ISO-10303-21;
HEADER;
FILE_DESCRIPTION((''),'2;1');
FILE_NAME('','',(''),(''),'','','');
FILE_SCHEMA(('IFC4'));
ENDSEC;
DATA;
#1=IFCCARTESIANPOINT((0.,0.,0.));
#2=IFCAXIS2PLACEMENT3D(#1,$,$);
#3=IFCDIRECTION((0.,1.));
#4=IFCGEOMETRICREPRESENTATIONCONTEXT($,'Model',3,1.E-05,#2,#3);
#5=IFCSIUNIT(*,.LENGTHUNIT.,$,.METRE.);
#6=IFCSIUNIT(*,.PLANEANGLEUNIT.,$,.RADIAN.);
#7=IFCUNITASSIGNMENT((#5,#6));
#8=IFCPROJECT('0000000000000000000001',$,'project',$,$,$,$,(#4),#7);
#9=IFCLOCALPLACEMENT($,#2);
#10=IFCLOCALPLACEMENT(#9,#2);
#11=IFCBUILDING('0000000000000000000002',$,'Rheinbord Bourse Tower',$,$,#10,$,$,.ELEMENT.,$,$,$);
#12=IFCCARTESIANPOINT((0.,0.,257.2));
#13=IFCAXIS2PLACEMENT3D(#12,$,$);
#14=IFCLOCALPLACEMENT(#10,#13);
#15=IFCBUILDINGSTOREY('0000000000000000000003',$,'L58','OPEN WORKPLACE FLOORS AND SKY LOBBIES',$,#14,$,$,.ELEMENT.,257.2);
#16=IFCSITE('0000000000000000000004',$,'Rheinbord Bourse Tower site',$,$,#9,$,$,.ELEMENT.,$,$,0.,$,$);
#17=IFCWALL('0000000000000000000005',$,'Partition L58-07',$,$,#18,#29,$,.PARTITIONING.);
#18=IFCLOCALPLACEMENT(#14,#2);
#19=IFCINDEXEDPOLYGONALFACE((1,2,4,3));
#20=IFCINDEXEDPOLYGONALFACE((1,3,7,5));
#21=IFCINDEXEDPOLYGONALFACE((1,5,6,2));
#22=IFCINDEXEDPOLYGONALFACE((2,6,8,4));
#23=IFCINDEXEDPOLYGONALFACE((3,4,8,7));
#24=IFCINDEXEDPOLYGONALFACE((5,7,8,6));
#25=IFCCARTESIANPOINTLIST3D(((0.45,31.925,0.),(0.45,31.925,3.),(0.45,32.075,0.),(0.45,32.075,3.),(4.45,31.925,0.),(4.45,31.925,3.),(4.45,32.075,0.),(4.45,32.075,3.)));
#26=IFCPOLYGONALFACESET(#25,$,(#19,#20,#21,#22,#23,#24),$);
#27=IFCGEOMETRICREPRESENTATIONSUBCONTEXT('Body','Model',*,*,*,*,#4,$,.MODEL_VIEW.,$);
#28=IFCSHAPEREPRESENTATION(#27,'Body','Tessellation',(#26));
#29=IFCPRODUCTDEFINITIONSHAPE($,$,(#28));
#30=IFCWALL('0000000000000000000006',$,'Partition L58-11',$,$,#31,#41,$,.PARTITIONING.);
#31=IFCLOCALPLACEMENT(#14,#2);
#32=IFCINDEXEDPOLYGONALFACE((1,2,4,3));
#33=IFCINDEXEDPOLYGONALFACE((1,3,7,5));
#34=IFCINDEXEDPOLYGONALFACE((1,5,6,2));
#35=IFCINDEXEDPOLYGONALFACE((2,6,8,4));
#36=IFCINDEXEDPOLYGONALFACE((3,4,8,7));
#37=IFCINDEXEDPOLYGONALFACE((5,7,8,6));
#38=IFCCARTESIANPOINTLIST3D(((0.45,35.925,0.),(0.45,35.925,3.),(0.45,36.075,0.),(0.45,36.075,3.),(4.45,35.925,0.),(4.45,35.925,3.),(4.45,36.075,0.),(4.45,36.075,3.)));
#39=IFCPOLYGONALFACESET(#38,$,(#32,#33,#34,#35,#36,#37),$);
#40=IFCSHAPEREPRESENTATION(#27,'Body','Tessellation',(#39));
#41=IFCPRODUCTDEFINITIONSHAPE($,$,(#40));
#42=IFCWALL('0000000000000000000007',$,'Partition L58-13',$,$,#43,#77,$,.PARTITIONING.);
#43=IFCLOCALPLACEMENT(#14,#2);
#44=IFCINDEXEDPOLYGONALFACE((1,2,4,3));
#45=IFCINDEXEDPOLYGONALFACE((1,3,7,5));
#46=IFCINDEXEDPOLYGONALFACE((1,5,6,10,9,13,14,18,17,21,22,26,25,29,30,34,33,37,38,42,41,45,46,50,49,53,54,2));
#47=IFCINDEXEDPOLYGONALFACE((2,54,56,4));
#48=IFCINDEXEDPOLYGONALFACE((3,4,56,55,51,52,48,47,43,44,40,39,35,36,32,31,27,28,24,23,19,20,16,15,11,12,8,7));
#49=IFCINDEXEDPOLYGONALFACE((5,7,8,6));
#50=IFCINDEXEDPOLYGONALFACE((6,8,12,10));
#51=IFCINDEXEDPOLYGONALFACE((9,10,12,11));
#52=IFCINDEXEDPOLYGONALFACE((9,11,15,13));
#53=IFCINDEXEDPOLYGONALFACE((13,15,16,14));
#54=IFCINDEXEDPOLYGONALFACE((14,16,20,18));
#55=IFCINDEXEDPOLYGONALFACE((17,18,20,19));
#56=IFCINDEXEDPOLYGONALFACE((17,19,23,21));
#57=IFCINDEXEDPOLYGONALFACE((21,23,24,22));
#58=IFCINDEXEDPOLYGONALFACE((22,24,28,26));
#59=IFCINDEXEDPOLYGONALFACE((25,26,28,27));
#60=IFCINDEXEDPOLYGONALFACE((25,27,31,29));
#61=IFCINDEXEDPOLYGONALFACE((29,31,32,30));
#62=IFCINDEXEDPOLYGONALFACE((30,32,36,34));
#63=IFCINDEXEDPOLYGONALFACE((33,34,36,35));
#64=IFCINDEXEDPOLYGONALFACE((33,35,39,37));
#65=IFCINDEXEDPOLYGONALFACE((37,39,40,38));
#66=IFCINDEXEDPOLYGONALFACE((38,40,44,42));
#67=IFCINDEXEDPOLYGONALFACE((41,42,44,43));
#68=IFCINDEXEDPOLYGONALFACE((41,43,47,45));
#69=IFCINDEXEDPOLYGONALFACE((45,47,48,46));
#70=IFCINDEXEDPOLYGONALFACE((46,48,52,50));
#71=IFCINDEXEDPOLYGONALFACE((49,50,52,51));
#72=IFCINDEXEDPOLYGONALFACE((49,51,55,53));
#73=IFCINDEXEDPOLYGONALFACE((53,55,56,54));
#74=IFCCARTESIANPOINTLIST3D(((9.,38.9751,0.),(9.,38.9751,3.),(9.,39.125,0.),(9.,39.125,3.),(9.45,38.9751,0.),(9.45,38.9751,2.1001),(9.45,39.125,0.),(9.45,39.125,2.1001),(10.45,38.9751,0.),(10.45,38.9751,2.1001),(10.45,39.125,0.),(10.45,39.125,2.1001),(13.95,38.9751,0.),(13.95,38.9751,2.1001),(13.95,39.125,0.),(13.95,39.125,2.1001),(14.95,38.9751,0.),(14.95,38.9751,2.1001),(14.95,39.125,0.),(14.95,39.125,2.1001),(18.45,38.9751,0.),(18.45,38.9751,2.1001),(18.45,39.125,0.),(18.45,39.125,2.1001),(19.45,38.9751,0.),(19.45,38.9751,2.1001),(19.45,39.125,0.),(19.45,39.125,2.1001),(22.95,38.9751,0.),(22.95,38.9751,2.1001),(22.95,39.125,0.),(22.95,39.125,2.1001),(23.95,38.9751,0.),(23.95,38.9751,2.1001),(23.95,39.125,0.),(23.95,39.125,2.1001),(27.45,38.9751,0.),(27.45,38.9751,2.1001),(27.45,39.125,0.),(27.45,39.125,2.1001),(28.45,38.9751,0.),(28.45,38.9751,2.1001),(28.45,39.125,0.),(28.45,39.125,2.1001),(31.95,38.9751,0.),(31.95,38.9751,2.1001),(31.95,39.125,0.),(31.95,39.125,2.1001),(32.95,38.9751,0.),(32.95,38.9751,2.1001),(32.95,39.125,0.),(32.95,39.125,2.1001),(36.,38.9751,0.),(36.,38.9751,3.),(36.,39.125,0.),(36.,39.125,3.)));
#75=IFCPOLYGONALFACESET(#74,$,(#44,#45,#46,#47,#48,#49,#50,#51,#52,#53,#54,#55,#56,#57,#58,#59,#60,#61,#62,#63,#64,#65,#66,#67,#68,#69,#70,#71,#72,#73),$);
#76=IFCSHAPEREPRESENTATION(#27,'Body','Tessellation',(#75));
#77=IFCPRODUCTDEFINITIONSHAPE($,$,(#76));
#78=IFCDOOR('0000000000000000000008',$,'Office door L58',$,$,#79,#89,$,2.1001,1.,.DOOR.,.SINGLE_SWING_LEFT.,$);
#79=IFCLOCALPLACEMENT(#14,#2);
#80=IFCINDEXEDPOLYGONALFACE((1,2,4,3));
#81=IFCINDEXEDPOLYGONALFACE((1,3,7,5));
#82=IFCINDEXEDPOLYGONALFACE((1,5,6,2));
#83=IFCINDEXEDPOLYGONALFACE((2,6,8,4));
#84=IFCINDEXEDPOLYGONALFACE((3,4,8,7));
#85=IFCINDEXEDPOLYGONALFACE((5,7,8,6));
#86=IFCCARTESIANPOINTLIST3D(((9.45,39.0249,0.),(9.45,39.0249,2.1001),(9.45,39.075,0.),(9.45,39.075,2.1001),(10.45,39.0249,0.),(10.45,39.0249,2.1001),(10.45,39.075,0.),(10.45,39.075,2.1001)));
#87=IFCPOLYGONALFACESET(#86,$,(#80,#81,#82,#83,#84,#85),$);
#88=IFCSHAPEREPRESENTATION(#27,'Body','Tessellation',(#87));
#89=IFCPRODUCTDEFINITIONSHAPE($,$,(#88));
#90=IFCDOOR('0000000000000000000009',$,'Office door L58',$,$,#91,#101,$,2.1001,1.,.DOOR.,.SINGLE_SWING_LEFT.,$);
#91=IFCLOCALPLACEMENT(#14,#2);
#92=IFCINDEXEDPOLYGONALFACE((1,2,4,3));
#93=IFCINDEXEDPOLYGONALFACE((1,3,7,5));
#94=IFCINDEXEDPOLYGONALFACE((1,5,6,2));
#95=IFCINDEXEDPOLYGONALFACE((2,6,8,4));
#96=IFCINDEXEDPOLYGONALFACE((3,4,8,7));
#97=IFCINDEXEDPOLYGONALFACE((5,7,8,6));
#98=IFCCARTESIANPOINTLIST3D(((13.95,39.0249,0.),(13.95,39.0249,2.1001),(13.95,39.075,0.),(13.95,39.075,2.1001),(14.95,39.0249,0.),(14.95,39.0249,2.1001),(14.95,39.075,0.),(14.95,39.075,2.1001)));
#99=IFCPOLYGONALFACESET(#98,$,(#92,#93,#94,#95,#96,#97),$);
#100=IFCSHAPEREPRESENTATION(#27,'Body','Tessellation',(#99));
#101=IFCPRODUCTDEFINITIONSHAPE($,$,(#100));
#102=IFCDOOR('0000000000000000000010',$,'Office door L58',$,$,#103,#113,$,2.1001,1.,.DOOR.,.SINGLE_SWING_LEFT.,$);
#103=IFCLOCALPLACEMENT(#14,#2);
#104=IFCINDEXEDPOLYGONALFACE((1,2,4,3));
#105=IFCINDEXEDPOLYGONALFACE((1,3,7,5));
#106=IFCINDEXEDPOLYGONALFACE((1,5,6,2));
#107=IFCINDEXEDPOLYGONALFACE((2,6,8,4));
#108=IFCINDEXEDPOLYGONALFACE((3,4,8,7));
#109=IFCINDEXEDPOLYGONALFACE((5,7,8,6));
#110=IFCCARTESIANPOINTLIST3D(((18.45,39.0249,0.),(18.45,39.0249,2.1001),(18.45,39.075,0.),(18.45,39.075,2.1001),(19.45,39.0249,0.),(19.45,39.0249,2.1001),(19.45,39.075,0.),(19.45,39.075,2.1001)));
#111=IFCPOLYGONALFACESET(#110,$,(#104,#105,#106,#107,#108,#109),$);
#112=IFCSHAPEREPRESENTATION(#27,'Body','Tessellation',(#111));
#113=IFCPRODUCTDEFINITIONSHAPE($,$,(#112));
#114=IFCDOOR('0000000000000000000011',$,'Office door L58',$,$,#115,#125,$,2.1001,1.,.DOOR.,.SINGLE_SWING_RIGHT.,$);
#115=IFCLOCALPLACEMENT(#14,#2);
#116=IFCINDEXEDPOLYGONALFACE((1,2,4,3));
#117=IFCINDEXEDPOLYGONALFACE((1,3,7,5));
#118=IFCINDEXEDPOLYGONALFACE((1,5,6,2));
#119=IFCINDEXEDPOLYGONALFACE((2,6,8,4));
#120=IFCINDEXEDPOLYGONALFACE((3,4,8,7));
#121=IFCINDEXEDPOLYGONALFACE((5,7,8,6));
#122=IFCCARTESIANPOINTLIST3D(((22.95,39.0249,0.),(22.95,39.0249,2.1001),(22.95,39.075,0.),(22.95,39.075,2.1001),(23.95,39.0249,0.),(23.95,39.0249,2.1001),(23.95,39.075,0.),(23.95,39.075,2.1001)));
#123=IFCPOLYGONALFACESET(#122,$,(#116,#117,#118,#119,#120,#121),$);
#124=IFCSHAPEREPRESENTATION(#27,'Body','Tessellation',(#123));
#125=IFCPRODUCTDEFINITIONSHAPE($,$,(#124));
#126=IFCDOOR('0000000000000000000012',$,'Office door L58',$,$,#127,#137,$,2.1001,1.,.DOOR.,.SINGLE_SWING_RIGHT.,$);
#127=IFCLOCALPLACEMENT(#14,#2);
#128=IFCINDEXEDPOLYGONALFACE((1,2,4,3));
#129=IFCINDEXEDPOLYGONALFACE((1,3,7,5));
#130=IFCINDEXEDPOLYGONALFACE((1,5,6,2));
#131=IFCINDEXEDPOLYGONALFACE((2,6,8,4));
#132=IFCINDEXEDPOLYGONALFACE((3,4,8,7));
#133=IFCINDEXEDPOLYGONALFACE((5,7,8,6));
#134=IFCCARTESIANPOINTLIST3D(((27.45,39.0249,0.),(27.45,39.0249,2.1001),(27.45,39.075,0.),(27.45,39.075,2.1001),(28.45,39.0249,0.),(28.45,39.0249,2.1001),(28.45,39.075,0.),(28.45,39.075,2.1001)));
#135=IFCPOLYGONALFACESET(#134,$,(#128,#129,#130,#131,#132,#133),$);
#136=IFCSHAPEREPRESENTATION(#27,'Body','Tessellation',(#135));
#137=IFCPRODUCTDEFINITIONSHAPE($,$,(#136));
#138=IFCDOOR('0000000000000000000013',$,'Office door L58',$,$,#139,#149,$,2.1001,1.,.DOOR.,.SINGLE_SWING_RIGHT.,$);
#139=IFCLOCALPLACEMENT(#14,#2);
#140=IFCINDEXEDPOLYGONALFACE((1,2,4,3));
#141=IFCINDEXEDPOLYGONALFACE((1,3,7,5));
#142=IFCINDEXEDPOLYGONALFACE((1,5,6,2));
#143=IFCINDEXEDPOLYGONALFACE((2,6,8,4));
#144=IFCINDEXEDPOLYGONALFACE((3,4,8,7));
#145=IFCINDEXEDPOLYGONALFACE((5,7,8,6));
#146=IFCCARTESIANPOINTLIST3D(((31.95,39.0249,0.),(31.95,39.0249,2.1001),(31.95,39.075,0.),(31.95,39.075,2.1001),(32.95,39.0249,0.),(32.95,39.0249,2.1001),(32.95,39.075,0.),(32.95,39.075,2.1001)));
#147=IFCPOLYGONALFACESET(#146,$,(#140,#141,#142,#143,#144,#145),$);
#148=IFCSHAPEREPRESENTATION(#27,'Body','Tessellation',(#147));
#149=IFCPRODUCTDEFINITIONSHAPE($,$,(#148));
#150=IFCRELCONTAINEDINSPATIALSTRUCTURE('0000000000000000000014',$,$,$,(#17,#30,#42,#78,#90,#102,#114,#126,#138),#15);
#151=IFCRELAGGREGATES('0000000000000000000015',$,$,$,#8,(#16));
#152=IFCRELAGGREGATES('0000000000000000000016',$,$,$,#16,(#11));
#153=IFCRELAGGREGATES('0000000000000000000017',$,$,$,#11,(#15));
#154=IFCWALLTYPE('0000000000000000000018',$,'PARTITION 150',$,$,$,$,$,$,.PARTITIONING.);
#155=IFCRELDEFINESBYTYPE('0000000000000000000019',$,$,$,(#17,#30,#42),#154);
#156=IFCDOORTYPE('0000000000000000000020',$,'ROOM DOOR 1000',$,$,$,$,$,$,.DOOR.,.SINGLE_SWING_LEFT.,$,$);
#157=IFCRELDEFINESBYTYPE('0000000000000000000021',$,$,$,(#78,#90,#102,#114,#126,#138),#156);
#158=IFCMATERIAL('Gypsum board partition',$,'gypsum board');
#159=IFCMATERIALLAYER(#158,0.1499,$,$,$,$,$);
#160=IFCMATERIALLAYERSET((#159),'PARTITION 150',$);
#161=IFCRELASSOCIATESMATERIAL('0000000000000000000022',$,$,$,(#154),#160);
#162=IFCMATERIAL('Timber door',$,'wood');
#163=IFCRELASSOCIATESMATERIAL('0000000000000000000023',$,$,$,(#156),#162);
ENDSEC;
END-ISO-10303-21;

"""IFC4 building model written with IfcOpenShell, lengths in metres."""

from ifc_helpers import new_model, si_unit, direction, frame, frame_2d, origin, place, context, subcontext, project, spatial, rectangle, extrude, material, layer, layer_set, type_object, element, fill, save


model = new_model("IFC4")

# Units and contexts
model_context = context("Model", 3, precision=1e-05, world=origin(), true_north=direction((0.0, 1.0)))
body_context = subcontext(model_context, "Body", "Model", "MODEL_VIEW")
ifc_project = project(units=[si_unit("LENGTHUNIT", "METRE"), si_unit("PLANEANGLEUNIT", "RADIAN")], contexts=[model_context])

# Site, building, storey
site_placement = place(None, origin())
site = spatial("IfcSite", under=ifc_project, at=site_placement, Name="Rheinbord Bourse Tower site", CompositionType="ELEMENT", RefElevation=0.0)
building_placement = place(site_placement, origin())
building = spatial("IfcBuilding", under=site, at=building_placement, Name="Rheinbord Bourse Tower", CompositionType="ELEMENT")
storey_placement = place(building_placement, frame((0.0, 0.0, 257.2)))
storey = spatial("IfcBuildingStorey", under=building, at=storey_placement, Name="L58", Description="OPEN WORKPLACE FLOORS AND SKY LOBBIES", CompositionType="ELEMENT", Elevation=257.2)

# Walls
ifc_material_1 = material(Name="Gypsum board partition", Category="gypsum board")
ifc_layer_1 = layer(ifc_material_1, 0.1499)
ifc_layer_set_1 = layer_set([ifc_layer_1], Name="PARTITION 150")
wall_type = type_object("IfcWallType", Name="PARTITION 150", PredefinedType="PARTITIONING", material=ifc_layer_set_1)
for number, where, z_axis, x_axis, name in (
    (1, (0.45, 32.0, 0.0), (0.0, 0.0, 1.0), (1.0, 0.0, 0.0), "Partition L58-07"),
    (2, (0.45, 36.0, 0.0), (0.0, 0.0, 1.0), (1.0, 0.0, 0.0), "Partition L58-11"),
):
    element("IfcWall", number, at=place(storey_placement, frame(where, z_axis=z_axis, x_axis=x_axis)), inside=storey, type_object=wall_type, Name=name, PredefinedType="PARTITIONING", context=body_context, shape_type="SweptSolid", body=[
        extrude(rectangle(XDim=4.0, YDim=0.1499, at=frame_2d((2.0, 0.0))), origin(), (0.0, 0.0, 1.0), 3.0),
    ])

# Wall, openings, doors
wall_1_placement = place(storey_placement, frame((9.0, 39.05, 0.0), z_axis=(0.0, 0.0, 1.0), x_axis=(1.0, 0.0, 0.0)))
wall_1 = element("IfcWall", 3, at=wall_1_placement, inside=storey, type_object=wall_type, Name="Partition L58-13", PredefinedType="PARTITIONING", context=body_context, shape_type="SweptSolid", body=[
    extrude(rectangle(XDim=27.0, YDim=0.1499, at=frame_2d((13.5, 0.0))), origin(), (0.0, 0.0, 1.0), 3.0),
])
opening_1_placement = place(wall_1_placement, frame((0.45, 0.0, 0.0)))
opening_1 = element("IfcOpeningElement", 4, at=opening_1_placement, cuts=wall_1, PredefinedType="OPENING", context=body_context, shape_type="SweptSolid", body=[
    extrude(rectangle(XDim=1.0, YDim=2.1001, at=frame_2d((0.5, 1.05))), frame((0.0, 0.085, 0.0), z_axis=(0.0, -1.0, 0.0), x_axis=(1.0, 0.0, 0.0)), (0.0, 0.0, 1.0), 0.1699),
])
opening_2_placement = place(wall_1_placement, frame((4.95, 0.0, 0.0)))
opening_2 = element("IfcOpeningElement", 5, at=opening_2_placement, cuts=wall_1, PredefinedType="OPENING", context=body_context, shape_type="SweptSolid", body=[
    extrude(rectangle(XDim=1.0, YDim=2.1001, at=frame_2d((0.5, 1.05))), frame((0.0, 0.085, 0.0), z_axis=(0.0, -1.0, 0.0), x_axis=(1.0, 0.0, 0.0)), (0.0, 0.0, 1.0), 0.1699),
])
opening_3_placement = place(wall_1_placement, frame((9.45, 0.0, 0.0)))
opening_3 = element("IfcOpeningElement", 6, at=opening_3_placement, cuts=wall_1, PredefinedType="OPENING", context=body_context, shape_type="SweptSolid", body=[
    extrude(rectangle(XDim=1.0, YDim=2.1001, at=frame_2d((0.5, 1.05))), frame((0.0, 0.085, 0.0), z_axis=(0.0, -1.0, 0.0), x_axis=(1.0, 0.0, 0.0)), (0.0, 0.0, 1.0), 0.1699),
])
opening_4_placement = place(wall_1_placement, frame((13.95, 0.0, 0.0)))
opening_4 = element("IfcOpeningElement", 7, at=opening_4_placement, cuts=wall_1, PredefinedType="OPENING", context=body_context, shape_type="SweptSolid", body=[
    extrude(rectangle(XDim=1.0, YDim=2.1001, at=frame_2d((0.5, 1.05))), frame((0.0, 0.085, 0.0), z_axis=(0.0, -1.0, 0.0), x_axis=(1.0, 0.0, 0.0)), (0.0, 0.0, 1.0), 0.1699),
])
opening_5_placement = place(wall_1_placement, frame((18.45, 0.0, 0.0)))
opening_5 = element("IfcOpeningElement", 8, at=opening_5_placement, cuts=wall_1, PredefinedType="OPENING", context=body_context, shape_type="SweptSolid", body=[
    extrude(rectangle(XDim=1.0, YDim=2.1001, at=frame_2d((0.5, 1.05))), frame((0.0, 0.085, 0.0), z_axis=(0.0, -1.0, 0.0), x_axis=(1.0, 0.0, 0.0)), (0.0, 0.0, 1.0), 0.1699),
])
opening_6_placement = place(wall_1_placement, frame((22.95, 0.0, 0.0)))
opening_6 = element("IfcOpeningElement", 9, at=opening_6_placement, cuts=wall_1, PredefinedType="OPENING", context=body_context, shape_type="SweptSolid", body=[
    extrude(rectangle(XDim=1.0, YDim=2.1001, at=frame_2d((0.5, 1.05))), frame((0.0, 0.085, 0.0), z_axis=(0.0, -1.0, 0.0), x_axis=(1.0, 0.0, 0.0)), (0.0, 0.0, 1.0), 0.1699),
])
ifc_material_2 = material(Name="Timber door", Category="wood")
door_type = type_object("IfcDoorType", Name="ROOM DOOR 1000", OperationType="SINGLE_SWING_LEFT", PredefinedType="DOOR", material=ifc_material_2)
door_1_placement = place(opening_1_placement, origin())
door_1 = element("IfcDoor", 10, at=door_1_placement, inside=storey, type_object=door_type, Name="Office door L58", OperationType="SINGLE_SWING_LEFT", OverallHeight=2.1001, OverallWidth=1.0, PredefinedType="DOOR", context=body_context, shape_type="SweptSolid", body=[
    extrude(rectangle(XDim=1.0, YDim=2.1001, at=frame_2d((0.5, 1.05))), frame((0.0, 0.0249, 0.0), z_axis=(0.0, -1.0, 0.0), x_axis=(1.0, 0.0, 0.0)), (0.0, 0.0, 1.0), 0.05),
])
fill(opening_1, door_1)
door_2_placement = place(opening_2_placement, origin())
door_2 = element("IfcDoor", 11, at=door_2_placement, inside=storey, type_object=door_type, Name="Office door L58", OperationType="SINGLE_SWING_LEFT", OverallHeight=2.1001, OverallWidth=1.0, PredefinedType="DOOR", context=body_context, shape_type="SweptSolid", body=[
    extrude(rectangle(XDim=1.0, YDim=2.1001, at=frame_2d((0.5, 1.05))), frame((0.0, 0.0249, 0.0), z_axis=(0.0, -1.0, 0.0), x_axis=(1.0, 0.0, 0.0)), (0.0, 0.0, 1.0), 0.05),
])
fill(opening_2, door_2)
door_3_placement = place(opening_3_placement, origin())
door_3 = element("IfcDoor", 12, at=door_3_placement, inside=storey, type_object=door_type, Name="Office door L58", OperationType="SINGLE_SWING_LEFT", OverallHeight=2.1001, OverallWidth=1.0, PredefinedType="DOOR", context=body_context, shape_type="SweptSolid", body=[
    extrude(rectangle(XDim=1.0, YDim=2.1001, at=frame_2d((0.5, 1.05))), frame((0.0, 0.0249, 0.0), z_axis=(0.0, -1.0, 0.0), x_axis=(1.0, 0.0, 0.0)), (0.0, 0.0, 1.0), 0.05),
])
fill(opening_3, door_3)
door_4_placement = place(opening_4_placement, origin())
door_4 = element("IfcDoor", 13, at=door_4_placement, inside=storey, type_object=door_type, Name="Office door L58", OperationType="SINGLE_SWING_RIGHT", OverallHeight=2.1001, OverallWidth=1.0, PredefinedType="DOOR", context=body_context, shape_type="SweptSolid", body=[
    extrude(rectangle(XDim=1.0, YDim=2.1001, at=frame_2d((0.5, 1.05))), frame((0.0, 0.0249, 0.0), z_axis=(0.0, -1.0, 0.0), x_axis=(1.0, 0.0, 0.0)), (0.0, 0.0, 1.0), 0.05),
])
fill(opening_4, door_4)
door_5_placement = place(opening_5_placement, origin())
door_5 = element("IfcDoor", 14, at=door_5_placement, inside=storey, type_object=door_type, Name="Office door L58", OperationType="SINGLE_SWING_RIGHT", OverallHeight=2.1001, OverallWidth=1.0, PredefinedType="DOOR", context=body_context, shape_type="SweptSolid", body=[
    extrude(rectangle(XDim=1.0, YDim=2.1001, at=frame_2d((0.5, 1.05))), frame((0.0, 0.0249, 0.0), z_axis=(0.0, -1.0, 0.0), x_axis=(1.0, 0.0, 0.0)), (0.0, 0.0, 1.0), 0.05),
])
fill(opening_5, door_5)
door_6_placement = place(opening_6_placement, origin())
door_6 = element("IfcDoor", 15, at=door_6_placement, inside=storey, type_object=door_type, Name="Office door L58", OperationType="SINGLE_SWING_RIGHT", OverallHeight=2.1001, OverallWidth=1.0, PredefinedType="DOOR", context=body_context, shape_type="SweptSolid", body=[
    extrude(rectangle(XDim=1.0, YDim=2.1001, at=frame_2d((0.5, 1.05))), frame((0.0, 0.0249, 0.0), z_axis=(0.0, -1.0, 0.0), x_axis=(1.0, 0.0, 0.0)), (0.0, 0.0, 1.0), 0.05),
])
fill(opening_6, door_6)

save(model, "model.ifc")
